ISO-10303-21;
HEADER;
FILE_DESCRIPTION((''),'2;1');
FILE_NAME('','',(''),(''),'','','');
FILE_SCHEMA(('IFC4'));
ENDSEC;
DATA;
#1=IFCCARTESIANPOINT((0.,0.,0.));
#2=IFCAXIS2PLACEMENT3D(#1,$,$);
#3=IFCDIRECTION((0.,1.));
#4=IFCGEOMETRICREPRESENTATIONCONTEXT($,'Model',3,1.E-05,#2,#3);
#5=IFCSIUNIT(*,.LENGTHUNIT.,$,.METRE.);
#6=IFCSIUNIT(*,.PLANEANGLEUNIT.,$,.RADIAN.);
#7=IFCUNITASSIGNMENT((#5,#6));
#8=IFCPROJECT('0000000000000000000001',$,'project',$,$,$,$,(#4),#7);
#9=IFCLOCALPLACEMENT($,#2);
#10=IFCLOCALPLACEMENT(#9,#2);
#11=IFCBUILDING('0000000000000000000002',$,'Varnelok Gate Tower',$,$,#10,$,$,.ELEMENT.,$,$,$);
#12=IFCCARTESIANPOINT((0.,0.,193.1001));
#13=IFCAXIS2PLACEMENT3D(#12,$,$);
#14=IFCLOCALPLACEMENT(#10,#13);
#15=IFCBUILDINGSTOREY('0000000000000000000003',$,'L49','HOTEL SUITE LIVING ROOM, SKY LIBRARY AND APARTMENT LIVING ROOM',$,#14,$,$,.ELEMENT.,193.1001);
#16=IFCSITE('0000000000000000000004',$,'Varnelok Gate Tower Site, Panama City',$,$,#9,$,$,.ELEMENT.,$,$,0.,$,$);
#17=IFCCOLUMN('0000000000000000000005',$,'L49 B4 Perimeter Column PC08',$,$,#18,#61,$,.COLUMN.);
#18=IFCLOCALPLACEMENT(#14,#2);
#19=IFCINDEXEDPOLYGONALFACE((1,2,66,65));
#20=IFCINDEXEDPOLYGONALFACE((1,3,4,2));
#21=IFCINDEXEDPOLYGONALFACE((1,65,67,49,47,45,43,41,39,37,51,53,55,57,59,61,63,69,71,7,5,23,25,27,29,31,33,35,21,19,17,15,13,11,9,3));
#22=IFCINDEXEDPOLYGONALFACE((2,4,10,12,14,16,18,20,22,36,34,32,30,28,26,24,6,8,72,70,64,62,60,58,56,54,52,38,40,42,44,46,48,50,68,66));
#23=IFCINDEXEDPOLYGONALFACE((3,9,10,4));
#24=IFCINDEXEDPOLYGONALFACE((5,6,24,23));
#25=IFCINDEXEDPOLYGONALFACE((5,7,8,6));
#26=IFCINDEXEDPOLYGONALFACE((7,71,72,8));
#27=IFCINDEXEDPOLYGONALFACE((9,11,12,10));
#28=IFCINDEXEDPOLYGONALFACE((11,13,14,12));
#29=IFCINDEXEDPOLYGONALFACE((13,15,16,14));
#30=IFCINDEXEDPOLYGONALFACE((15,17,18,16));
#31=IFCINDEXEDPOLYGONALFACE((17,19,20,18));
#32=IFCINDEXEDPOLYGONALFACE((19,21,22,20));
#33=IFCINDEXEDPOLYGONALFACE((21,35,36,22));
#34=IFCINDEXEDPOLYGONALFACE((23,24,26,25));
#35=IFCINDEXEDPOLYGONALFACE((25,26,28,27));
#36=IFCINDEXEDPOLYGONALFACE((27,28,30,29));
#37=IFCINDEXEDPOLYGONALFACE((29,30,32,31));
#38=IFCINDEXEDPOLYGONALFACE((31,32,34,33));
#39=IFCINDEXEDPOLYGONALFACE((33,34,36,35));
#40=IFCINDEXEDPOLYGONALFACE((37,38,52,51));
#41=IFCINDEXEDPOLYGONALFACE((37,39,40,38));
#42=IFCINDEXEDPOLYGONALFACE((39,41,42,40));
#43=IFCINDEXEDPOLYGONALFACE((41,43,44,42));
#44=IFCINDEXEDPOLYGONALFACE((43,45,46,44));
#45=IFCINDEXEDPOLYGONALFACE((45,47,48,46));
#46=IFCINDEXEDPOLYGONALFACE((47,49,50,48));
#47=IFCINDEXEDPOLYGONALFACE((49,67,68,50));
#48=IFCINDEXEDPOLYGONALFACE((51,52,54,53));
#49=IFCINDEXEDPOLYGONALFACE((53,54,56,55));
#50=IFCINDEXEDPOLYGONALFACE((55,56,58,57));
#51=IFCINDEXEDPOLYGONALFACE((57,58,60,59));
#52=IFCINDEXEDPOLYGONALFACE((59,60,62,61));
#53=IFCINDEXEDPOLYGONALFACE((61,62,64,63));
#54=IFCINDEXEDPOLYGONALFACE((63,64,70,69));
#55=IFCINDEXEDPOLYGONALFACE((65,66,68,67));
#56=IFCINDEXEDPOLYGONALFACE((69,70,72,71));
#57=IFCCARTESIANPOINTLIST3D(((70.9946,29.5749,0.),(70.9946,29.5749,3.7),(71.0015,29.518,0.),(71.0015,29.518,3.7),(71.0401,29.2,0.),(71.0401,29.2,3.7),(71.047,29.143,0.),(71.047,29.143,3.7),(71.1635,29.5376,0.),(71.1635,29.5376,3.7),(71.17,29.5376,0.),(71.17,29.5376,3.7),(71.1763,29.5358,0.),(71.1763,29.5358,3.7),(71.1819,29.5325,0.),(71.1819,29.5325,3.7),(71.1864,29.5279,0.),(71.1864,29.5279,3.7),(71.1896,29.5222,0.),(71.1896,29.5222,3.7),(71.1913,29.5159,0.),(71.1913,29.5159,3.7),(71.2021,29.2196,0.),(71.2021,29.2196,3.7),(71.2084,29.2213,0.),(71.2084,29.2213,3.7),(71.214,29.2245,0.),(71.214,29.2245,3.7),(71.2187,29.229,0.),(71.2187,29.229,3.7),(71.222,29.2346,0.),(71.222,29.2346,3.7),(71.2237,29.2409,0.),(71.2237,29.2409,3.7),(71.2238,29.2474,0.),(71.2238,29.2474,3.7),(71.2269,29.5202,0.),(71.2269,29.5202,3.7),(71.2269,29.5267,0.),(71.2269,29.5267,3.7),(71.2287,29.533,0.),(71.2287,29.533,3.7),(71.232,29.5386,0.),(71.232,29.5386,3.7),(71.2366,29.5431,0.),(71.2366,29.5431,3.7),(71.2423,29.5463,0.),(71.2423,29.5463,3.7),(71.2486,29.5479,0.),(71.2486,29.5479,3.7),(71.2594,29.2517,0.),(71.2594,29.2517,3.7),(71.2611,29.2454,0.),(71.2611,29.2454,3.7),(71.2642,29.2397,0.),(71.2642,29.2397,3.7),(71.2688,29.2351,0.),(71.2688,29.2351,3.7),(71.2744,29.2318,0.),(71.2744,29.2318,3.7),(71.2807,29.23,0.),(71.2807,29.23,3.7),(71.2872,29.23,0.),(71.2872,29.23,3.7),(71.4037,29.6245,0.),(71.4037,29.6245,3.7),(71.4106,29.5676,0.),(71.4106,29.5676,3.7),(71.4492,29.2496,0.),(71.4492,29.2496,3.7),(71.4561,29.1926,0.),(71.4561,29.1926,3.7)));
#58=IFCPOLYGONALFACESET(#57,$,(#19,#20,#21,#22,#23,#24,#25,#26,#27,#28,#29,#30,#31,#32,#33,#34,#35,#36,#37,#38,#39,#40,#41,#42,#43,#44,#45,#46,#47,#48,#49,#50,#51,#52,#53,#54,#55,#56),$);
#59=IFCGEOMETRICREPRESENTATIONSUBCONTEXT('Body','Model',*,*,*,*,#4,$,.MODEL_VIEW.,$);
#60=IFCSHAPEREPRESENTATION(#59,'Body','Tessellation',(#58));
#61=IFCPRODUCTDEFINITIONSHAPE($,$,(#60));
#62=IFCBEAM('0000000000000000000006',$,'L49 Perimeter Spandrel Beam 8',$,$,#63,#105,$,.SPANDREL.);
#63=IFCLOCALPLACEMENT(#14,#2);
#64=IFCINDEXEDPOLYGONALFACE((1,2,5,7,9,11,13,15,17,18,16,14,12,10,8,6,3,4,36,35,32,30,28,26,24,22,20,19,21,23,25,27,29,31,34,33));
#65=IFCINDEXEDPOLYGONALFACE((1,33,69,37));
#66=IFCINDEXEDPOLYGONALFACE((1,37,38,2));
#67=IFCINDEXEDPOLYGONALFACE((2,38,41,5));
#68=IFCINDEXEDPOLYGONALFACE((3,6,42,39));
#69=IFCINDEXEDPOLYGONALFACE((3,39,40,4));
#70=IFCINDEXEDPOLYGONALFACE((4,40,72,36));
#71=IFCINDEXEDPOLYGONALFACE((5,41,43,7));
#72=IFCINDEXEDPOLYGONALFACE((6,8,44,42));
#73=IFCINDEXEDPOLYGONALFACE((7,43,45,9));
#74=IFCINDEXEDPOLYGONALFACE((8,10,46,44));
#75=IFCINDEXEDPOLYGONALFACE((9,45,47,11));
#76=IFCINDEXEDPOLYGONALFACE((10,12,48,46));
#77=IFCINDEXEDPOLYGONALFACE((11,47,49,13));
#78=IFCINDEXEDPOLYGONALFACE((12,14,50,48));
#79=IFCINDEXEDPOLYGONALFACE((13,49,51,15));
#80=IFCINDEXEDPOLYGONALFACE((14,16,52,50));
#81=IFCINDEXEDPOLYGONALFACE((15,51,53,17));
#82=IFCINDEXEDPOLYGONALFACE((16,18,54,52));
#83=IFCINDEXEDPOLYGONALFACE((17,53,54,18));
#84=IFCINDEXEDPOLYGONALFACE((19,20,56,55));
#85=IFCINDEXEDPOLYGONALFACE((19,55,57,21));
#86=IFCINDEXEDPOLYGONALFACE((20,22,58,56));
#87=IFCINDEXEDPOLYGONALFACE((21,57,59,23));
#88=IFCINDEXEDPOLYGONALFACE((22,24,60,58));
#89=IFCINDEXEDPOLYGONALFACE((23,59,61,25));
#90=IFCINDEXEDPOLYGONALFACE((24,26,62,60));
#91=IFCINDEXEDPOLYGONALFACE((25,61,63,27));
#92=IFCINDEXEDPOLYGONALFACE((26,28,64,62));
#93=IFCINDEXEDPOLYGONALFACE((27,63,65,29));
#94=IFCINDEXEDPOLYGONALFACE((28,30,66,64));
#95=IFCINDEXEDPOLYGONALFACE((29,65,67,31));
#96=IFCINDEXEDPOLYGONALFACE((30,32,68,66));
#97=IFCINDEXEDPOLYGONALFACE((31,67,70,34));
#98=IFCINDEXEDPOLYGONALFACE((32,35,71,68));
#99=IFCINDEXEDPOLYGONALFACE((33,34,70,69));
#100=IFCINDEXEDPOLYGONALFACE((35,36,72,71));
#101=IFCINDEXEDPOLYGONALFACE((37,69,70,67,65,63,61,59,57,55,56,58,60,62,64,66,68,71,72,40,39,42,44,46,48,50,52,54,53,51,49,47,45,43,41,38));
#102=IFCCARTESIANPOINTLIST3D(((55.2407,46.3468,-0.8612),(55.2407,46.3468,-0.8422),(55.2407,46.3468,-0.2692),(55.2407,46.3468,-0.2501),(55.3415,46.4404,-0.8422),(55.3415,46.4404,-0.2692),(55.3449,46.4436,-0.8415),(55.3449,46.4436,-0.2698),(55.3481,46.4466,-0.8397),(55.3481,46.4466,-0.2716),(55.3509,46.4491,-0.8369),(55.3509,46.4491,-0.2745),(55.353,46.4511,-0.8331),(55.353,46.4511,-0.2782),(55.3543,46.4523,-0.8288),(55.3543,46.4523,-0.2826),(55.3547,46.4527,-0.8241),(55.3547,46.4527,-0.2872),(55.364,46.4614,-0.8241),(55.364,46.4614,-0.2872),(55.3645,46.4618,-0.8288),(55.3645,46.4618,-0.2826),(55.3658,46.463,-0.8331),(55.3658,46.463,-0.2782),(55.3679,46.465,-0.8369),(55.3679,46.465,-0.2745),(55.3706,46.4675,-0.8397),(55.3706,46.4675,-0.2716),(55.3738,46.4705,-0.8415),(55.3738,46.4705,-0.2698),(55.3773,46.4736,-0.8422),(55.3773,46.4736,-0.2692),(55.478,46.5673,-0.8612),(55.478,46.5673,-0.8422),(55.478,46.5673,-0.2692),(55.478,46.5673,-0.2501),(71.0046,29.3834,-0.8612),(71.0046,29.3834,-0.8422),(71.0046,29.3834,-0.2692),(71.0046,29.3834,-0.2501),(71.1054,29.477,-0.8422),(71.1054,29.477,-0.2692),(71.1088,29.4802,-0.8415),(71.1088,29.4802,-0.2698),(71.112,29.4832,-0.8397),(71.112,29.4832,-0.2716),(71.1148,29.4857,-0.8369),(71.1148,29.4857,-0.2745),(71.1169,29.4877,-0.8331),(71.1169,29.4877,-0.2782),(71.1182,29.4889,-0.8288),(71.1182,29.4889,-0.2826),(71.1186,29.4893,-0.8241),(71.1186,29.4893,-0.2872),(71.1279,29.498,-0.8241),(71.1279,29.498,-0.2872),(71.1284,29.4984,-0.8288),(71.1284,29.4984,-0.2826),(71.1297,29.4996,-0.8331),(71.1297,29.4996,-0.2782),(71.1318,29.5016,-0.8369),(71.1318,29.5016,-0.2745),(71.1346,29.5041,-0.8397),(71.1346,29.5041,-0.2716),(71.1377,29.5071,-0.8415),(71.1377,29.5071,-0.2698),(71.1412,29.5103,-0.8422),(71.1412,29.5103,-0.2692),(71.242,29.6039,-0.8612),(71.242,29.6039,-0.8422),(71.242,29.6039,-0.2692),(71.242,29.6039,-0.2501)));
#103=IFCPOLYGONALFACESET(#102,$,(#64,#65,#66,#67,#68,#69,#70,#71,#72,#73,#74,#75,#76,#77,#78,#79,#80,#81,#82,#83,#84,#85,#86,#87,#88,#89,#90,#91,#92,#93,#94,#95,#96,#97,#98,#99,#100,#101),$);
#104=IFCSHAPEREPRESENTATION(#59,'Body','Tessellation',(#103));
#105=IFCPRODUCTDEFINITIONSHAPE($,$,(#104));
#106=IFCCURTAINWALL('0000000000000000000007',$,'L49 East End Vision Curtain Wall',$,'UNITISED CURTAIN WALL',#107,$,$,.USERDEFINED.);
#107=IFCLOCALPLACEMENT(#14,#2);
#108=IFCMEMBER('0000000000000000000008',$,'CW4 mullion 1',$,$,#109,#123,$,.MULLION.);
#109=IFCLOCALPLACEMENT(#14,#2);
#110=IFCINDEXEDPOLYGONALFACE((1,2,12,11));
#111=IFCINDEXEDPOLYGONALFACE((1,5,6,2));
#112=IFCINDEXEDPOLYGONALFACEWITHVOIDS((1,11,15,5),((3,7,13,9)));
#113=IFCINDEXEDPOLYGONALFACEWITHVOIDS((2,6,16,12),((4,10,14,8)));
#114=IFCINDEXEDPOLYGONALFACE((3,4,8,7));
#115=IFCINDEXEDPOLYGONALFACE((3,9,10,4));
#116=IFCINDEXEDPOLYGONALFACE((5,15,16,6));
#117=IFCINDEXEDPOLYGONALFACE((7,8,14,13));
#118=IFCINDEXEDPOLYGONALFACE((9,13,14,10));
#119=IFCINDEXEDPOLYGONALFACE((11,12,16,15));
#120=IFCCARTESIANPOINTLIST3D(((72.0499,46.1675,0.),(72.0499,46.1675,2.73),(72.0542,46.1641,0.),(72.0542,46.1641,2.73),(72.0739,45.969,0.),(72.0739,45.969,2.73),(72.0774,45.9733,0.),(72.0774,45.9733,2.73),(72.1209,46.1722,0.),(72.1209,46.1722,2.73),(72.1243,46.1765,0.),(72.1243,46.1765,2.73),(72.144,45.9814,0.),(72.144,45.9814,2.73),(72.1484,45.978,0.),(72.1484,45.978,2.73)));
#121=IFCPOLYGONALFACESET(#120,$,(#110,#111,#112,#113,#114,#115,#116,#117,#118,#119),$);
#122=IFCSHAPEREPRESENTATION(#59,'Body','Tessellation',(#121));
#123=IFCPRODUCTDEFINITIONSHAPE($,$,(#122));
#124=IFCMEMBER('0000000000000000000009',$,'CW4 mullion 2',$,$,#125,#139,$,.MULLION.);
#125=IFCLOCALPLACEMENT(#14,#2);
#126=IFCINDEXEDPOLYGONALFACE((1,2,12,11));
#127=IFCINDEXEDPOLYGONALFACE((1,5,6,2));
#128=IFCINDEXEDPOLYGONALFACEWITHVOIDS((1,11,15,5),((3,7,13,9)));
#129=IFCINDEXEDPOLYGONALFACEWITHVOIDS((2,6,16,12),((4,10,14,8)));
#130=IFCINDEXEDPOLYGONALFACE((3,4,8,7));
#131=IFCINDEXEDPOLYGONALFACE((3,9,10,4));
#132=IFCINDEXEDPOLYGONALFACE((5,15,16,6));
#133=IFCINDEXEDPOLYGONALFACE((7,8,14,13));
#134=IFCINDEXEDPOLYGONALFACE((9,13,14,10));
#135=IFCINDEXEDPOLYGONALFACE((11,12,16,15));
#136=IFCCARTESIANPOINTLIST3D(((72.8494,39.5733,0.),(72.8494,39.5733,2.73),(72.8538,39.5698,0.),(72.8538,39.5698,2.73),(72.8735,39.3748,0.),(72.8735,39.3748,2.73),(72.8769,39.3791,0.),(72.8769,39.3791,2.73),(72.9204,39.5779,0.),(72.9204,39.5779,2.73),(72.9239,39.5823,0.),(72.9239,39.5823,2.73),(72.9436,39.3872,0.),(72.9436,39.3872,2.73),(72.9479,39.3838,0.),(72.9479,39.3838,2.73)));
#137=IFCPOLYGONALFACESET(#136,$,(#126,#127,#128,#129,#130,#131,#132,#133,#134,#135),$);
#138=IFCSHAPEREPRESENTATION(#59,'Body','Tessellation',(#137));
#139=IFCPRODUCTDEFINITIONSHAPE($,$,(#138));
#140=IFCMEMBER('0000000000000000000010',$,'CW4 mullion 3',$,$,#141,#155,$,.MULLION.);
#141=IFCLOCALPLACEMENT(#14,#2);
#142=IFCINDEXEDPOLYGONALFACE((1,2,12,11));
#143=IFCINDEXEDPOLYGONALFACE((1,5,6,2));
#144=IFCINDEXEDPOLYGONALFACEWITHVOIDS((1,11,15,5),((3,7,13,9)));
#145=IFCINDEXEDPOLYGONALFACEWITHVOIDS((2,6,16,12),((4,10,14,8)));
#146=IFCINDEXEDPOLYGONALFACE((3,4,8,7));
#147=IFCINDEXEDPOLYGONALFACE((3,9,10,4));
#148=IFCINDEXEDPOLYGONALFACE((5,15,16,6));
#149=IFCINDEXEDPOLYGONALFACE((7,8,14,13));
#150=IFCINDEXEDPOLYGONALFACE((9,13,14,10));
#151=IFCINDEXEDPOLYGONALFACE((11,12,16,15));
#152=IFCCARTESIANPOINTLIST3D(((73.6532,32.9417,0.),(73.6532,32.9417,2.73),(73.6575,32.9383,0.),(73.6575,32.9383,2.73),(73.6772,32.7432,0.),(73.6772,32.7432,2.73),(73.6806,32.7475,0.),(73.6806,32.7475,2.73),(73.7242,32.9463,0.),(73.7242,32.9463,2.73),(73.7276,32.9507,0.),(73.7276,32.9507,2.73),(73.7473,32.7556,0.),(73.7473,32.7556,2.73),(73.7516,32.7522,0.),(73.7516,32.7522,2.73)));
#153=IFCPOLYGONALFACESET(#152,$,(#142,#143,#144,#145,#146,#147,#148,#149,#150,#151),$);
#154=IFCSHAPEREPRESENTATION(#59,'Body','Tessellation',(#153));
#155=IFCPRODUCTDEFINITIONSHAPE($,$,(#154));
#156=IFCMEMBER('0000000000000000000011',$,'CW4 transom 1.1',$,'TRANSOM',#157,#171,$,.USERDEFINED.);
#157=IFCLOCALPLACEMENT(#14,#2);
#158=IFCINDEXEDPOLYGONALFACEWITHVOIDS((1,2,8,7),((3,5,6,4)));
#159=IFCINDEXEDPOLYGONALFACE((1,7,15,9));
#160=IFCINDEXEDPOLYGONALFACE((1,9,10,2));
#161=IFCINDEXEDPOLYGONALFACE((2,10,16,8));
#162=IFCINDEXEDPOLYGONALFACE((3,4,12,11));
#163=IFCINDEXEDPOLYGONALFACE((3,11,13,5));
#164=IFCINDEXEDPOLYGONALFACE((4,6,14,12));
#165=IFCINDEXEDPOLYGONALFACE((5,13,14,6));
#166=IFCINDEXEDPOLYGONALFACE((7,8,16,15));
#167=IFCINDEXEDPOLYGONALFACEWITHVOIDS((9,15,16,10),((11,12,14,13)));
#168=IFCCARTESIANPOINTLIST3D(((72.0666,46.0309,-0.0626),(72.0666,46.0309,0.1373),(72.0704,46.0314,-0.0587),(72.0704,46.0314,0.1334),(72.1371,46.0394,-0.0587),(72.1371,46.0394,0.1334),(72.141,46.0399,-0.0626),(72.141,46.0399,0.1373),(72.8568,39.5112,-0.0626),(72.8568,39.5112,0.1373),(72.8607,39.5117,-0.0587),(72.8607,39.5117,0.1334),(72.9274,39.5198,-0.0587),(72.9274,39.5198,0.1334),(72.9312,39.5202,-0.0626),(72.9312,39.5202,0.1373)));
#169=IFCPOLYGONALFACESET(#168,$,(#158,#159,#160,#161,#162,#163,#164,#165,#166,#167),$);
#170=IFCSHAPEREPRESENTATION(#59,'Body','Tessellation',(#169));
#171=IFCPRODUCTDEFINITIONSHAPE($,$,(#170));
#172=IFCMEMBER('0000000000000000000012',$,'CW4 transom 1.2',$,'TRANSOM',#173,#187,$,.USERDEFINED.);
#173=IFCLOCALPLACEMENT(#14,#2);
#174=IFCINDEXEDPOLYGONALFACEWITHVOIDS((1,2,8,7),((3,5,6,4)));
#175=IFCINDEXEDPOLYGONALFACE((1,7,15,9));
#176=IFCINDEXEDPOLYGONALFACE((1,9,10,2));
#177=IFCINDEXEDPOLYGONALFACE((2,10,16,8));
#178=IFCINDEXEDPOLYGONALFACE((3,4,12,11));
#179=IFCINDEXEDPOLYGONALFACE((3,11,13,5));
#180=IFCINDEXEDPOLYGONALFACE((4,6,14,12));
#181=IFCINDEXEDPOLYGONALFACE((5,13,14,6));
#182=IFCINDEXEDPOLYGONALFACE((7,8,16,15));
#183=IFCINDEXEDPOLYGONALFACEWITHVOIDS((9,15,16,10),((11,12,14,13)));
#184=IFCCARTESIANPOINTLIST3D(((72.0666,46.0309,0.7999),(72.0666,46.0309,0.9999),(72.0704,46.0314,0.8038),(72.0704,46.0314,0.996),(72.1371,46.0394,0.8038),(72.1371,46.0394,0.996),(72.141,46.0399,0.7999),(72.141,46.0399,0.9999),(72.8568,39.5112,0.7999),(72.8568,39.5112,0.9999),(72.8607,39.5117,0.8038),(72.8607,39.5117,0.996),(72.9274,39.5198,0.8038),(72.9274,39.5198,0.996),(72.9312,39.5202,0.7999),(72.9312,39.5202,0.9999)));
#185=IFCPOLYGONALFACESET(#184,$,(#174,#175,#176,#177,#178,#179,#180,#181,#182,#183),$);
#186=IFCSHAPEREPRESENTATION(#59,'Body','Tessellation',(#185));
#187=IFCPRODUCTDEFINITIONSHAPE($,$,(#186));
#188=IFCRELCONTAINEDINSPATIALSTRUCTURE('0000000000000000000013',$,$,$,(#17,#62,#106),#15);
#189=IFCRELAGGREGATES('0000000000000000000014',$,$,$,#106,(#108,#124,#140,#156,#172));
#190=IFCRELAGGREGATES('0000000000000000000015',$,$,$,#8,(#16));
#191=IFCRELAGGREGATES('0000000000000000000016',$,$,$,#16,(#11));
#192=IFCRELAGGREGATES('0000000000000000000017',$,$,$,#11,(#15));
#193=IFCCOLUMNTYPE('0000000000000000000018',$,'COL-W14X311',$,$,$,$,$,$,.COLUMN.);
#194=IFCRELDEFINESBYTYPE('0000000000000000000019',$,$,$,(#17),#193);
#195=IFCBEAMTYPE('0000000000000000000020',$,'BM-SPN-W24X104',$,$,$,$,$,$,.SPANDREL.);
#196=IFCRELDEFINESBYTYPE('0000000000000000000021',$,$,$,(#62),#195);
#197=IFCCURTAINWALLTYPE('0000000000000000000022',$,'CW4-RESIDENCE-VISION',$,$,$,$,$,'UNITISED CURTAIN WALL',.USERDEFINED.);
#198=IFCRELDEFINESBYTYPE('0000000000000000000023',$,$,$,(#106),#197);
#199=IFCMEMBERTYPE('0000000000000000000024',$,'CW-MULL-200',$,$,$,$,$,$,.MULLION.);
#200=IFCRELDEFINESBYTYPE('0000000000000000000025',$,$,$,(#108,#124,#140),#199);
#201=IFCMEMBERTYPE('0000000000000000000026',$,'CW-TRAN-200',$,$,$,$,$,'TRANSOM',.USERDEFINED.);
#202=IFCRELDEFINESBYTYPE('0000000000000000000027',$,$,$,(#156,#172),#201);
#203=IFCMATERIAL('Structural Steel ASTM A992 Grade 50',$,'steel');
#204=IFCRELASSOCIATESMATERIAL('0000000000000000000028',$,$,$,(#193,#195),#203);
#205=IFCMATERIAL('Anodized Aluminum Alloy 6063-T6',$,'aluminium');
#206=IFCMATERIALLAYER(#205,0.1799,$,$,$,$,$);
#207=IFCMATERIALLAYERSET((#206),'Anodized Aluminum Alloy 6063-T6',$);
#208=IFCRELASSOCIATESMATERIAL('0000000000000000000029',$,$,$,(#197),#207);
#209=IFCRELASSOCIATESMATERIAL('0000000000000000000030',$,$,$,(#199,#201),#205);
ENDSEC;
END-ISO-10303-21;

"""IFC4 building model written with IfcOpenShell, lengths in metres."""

from ifc_helpers import new_model, si_unit, direction, frame, origin, origin_2d, place, context, subcontext, project, spatial, hollow_rectangle, i_section, extrude, material, layer, layer_set, material_profile, profile_set, type_object, element, aggregate, save


model = new_model("IFC4")

# Units and contexts
model_context = context("Model", 3, precision=1e-05, world=origin(), true_north=direction((0.0, 1.0)))
body_context = subcontext(model_context, "Body", "Model", "MODEL_VIEW")
ifc_project = project(units=[si_unit("LENGTHUNIT", "METRE"), si_unit("PLANEANGLEUNIT", "RADIAN")], contexts=[model_context])

# Site, building, storey
site_placement = place(None, origin())
site = spatial("IfcSite", under=ifc_project, at=site_placement, Name="Varnelok Gate Tower Site, Panama City", CompositionType="ELEMENT", RefElevation=0.0)
building_placement = place(site_placement, origin())
building = spatial("IfcBuilding", under=site, at=building_placement, Name="Varnelok Gate Tower", CompositionType="ELEMENT")
storey_placement = place(building_placement, frame((0.0, 0.0, 193.1001)))
storey = spatial("IfcBuildingStorey", under=building, at=storey_placement, Name="L49", Description="HOTEL SUITE LIVING ROOM, SKY LIBRARY AND APARTMENT LIVING ROOM", CompositionType="ELEMENT", Elevation=193.1001)

# Column
ifc_material_1 = material(Name="Structural Steel ASTM A992 Grade 50", Category="steel")
ifc_material_profile_1 = material_profile(ifc_material_1, i_section(OverallWidth=0.4121, OverallDepth=0.4351, WebThickness=0.0359, FlangeThickness=0.0574, FilletRadius=0.0249, at=origin_2d()), Name="W14X311")
ifc_profile_set_1 = profile_set([ifc_material_profile_1], Name="Structural Steel ASTM A992 Grade 50")
column_type = type_object("IfcColumnType", Name="COL-W14X311", PredefinedType="COLUMN", material=ifc_profile_set_1)
column_placement = place(storey_placement, frame((71.2253, 29.3838, 0.0), z_axis=(0.0, 0.0, 1.0), x_axis=(0.992732, 0.120345, 0.0)))
element("IfcColumn", 1, at=column_placement, inside=storey, type_object=column_type, Name="L49 B4 Perimeter Column PC08", PredefinedType="COLUMN", context=body_context, shape_type="SweptSolid", body=[
    extrude(i_section(OverallWidth=0.4121, OverallDepth=0.4351, WebThickness=0.0359, FlangeThickness=0.0574, FilletRadius=0.0249, at=origin_2d()), origin(), (0.0, 0.0, 1.0), 3.7),
])

# Beam
ifc_material_profile_2 = material_profile(ifc_material_1, i_section(OverallWidth=0.324, OverallDepth=0.6111, WebThickness=0.0127, FlangeThickness=0.019, FilletRadius=0.0181, at=origin_2d()), Name="W24X104")
ifc_profile_set_2 = profile_set([ifc_material_profile_2], Name="Structural Steel ASTM A992 Grade 50")
beam_type = type_object("IfcBeamType", Name="BM-SPN-W24X104", PredefinedType="SPANDREL", material=ifc_profile_set_2)
beam_placement = place(storey_placement, frame((71.1233, 29.4937, -0.5557), z_axis=(-0.680734, 0.732531, 0.0), x_axis=(-0.732531, -0.680734, 0.0)))
element("IfcBeam", 2, at=beam_placement, inside=storey, type_object=beam_type, Name="L49 Perimeter Spandrel Beam 8", PredefinedType="SPANDREL", context=body_context, shape_type="SweptSolid", body=[
    extrude(i_section(OverallWidth=0.324, OverallDepth=0.6111, WebThickness=0.0127, FlangeThickness=0.019, FilletRadius=0.0181, at=origin_2d()), origin(), (0.0, 0.0, 1.0), 23.1572),
])

# Curtain wall, members
ifc_material_2 = material(Name="Anodized Aluminum Alloy 6063-T6", Category="aluminium")
ifc_layer_1 = layer(ifc_material_2, 0.1799)
ifc_layer_set_1 = layer_set([ifc_layer_1], Name="Anodized Aluminum Alloy 6063-T6")
curtain_wall_type = type_object("IfcCurtainWallType", Name="CW4-RESIDENCE-VISION", ElementType="UNITISED CURTAIN WALL", PredefinedType="USERDEFINED", material=ifc_layer_set_1)
curtain_wall_placement = place(storey_placement, origin())
curtain_wall = element("IfcCurtainWall", 3, at=curtain_wall_placement, inside=storey, type_object=curtain_wall_type, Name="L49 East End Vision Curtain Wall", ObjectType="UNITISED CURTAIN WALL", PredefinedType="USERDEFINED")
ifc_material_profile_3 = material_profile(ifc_material_2, hollow_rectangle(XDim=0.075, YDim=0.2, WallThickness=0.0039, at=origin_2d()), Name="ALU200X75X4")
ifc_profile_set_3 = profile_set([ifc_material_profile_3], Name="Anodized Aluminum Alloy 6063-T6")
member_type_1 = type_object("IfcMemberType", Name="CW-MULL-200", PredefinedType="MULLION", material=ifc_profile_set_3)
member_1_placement = place(storey_placement, frame((72.0991, 46.0728, 0.0), z_axis=(0.0, 0.0, 1.0), x_axis=(0.992732, 0.120345, 0.0)))
member_1 = element("IfcMember", 4, at=member_1_placement, type_object=member_type_1, Name="CW4 mullion 1", PredefinedType="MULLION", context=body_context, shape_type="SweptSolid", body=[
    extrude(hollow_rectangle(XDim=0.075, YDim=0.2, WallThickness=0.0039, at=origin_2d()), origin(), (0.0, 0.0, 1.0), 2.73),
])
member_2_placement = place(storey_placement, frame((72.8987, 39.4785, 0.0), z_axis=(0.0, 0.0, 1.0), x_axis=(0.992732, 0.120345, 0.0)))
member_2 = element("IfcMember", 5, at=member_2_placement, type_object=member_type_1, Name="CW4 mullion 2", PredefinedType="MULLION", context=body_context, shape_type="SweptSolid", body=[
    extrude(hollow_rectangle(XDim=0.075, YDim=0.2, WallThickness=0.0039, at=origin_2d()), origin(), (0.0, 0.0, 1.0), 2.73),
])
member_3_placement = place(storey_placement, frame((73.7024, 32.8469, 0.0), z_axis=(0.0, 0.0, 1.0), x_axis=(0.992732, 0.120345, 0.0)))
member_3 = element("IfcMember", 6, at=member_3_placement, type_object=member_type_1, Name="CW4 mullion 3", PredefinedType="MULLION", context=body_context, shape_type="SweptSolid", body=[
    extrude(hollow_rectangle(XDim=0.075, YDim=0.2, WallThickness=0.0039, at=origin_2d()), origin(), (0.0, 0.0, 1.0), 2.73),
])
ifc_material_profile_4 = material_profile(ifc_material_2, hollow_rectangle(XDim=0.075, YDim=0.2, WallThickness=0.0039, at=origin_2d()), Name="ALU200X75X4")
ifc_profile_set_4 = profile_set([ifc_material_profile_4], Name="Anodized Aluminum Alloy 6063-T6")
member_type_2 = type_object("IfcMemberType", Name="CW-TRAN-200", ElementType="TRANSOM", PredefinedType="USERDEFINED", material=ifc_profile_set_4)
member_4_placement = place(storey_placement, frame((72.1038, 46.0354, 0.0374), z_axis=(0.120332, -0.992734, 0.0), x_axis=(0.992734, 0.120332, 0.0)))
member_4 = element("IfcMember", 7, at=member_4_placement, type_object=member_type_2, Name="CW4 transom 1.1", ObjectType="TRANSOM", PredefinedType="USERDEFINED", context=body_context, shape_type="SweptSolid", body=[
    extrude(hollow_rectangle(XDim=0.075, YDim=0.2, WallThickness=0.0039, at=origin_2d()), origin(), (0.0, 0.0, 1.0), 6.5674),
])
member_5_placement = place(storey_placement, frame((72.1038, 46.0354, 0.8999), z_axis=(0.120332, -0.992734, 0.0), x_axis=(0.992734, 0.120332, 0.0)))
member_5 = element("IfcMember", 8, at=member_5_placement, type_object=member_type_2, Name="CW4 transom 1.2", ObjectType="TRANSOM", PredefinedType="USERDEFINED", context=body_context, shape_type="SweptSolid", body=[
    extrude(hollow_rectangle(XDim=0.075, YDim=0.2, WallThickness=0.0039, at=origin_2d()), origin(), (0.0, 0.0, 1.0), 6.5674),
])
aggregate(curtain_wall, [member_1, member_2, member_3, member_4, member_5])

save(model, "model.ifc")
